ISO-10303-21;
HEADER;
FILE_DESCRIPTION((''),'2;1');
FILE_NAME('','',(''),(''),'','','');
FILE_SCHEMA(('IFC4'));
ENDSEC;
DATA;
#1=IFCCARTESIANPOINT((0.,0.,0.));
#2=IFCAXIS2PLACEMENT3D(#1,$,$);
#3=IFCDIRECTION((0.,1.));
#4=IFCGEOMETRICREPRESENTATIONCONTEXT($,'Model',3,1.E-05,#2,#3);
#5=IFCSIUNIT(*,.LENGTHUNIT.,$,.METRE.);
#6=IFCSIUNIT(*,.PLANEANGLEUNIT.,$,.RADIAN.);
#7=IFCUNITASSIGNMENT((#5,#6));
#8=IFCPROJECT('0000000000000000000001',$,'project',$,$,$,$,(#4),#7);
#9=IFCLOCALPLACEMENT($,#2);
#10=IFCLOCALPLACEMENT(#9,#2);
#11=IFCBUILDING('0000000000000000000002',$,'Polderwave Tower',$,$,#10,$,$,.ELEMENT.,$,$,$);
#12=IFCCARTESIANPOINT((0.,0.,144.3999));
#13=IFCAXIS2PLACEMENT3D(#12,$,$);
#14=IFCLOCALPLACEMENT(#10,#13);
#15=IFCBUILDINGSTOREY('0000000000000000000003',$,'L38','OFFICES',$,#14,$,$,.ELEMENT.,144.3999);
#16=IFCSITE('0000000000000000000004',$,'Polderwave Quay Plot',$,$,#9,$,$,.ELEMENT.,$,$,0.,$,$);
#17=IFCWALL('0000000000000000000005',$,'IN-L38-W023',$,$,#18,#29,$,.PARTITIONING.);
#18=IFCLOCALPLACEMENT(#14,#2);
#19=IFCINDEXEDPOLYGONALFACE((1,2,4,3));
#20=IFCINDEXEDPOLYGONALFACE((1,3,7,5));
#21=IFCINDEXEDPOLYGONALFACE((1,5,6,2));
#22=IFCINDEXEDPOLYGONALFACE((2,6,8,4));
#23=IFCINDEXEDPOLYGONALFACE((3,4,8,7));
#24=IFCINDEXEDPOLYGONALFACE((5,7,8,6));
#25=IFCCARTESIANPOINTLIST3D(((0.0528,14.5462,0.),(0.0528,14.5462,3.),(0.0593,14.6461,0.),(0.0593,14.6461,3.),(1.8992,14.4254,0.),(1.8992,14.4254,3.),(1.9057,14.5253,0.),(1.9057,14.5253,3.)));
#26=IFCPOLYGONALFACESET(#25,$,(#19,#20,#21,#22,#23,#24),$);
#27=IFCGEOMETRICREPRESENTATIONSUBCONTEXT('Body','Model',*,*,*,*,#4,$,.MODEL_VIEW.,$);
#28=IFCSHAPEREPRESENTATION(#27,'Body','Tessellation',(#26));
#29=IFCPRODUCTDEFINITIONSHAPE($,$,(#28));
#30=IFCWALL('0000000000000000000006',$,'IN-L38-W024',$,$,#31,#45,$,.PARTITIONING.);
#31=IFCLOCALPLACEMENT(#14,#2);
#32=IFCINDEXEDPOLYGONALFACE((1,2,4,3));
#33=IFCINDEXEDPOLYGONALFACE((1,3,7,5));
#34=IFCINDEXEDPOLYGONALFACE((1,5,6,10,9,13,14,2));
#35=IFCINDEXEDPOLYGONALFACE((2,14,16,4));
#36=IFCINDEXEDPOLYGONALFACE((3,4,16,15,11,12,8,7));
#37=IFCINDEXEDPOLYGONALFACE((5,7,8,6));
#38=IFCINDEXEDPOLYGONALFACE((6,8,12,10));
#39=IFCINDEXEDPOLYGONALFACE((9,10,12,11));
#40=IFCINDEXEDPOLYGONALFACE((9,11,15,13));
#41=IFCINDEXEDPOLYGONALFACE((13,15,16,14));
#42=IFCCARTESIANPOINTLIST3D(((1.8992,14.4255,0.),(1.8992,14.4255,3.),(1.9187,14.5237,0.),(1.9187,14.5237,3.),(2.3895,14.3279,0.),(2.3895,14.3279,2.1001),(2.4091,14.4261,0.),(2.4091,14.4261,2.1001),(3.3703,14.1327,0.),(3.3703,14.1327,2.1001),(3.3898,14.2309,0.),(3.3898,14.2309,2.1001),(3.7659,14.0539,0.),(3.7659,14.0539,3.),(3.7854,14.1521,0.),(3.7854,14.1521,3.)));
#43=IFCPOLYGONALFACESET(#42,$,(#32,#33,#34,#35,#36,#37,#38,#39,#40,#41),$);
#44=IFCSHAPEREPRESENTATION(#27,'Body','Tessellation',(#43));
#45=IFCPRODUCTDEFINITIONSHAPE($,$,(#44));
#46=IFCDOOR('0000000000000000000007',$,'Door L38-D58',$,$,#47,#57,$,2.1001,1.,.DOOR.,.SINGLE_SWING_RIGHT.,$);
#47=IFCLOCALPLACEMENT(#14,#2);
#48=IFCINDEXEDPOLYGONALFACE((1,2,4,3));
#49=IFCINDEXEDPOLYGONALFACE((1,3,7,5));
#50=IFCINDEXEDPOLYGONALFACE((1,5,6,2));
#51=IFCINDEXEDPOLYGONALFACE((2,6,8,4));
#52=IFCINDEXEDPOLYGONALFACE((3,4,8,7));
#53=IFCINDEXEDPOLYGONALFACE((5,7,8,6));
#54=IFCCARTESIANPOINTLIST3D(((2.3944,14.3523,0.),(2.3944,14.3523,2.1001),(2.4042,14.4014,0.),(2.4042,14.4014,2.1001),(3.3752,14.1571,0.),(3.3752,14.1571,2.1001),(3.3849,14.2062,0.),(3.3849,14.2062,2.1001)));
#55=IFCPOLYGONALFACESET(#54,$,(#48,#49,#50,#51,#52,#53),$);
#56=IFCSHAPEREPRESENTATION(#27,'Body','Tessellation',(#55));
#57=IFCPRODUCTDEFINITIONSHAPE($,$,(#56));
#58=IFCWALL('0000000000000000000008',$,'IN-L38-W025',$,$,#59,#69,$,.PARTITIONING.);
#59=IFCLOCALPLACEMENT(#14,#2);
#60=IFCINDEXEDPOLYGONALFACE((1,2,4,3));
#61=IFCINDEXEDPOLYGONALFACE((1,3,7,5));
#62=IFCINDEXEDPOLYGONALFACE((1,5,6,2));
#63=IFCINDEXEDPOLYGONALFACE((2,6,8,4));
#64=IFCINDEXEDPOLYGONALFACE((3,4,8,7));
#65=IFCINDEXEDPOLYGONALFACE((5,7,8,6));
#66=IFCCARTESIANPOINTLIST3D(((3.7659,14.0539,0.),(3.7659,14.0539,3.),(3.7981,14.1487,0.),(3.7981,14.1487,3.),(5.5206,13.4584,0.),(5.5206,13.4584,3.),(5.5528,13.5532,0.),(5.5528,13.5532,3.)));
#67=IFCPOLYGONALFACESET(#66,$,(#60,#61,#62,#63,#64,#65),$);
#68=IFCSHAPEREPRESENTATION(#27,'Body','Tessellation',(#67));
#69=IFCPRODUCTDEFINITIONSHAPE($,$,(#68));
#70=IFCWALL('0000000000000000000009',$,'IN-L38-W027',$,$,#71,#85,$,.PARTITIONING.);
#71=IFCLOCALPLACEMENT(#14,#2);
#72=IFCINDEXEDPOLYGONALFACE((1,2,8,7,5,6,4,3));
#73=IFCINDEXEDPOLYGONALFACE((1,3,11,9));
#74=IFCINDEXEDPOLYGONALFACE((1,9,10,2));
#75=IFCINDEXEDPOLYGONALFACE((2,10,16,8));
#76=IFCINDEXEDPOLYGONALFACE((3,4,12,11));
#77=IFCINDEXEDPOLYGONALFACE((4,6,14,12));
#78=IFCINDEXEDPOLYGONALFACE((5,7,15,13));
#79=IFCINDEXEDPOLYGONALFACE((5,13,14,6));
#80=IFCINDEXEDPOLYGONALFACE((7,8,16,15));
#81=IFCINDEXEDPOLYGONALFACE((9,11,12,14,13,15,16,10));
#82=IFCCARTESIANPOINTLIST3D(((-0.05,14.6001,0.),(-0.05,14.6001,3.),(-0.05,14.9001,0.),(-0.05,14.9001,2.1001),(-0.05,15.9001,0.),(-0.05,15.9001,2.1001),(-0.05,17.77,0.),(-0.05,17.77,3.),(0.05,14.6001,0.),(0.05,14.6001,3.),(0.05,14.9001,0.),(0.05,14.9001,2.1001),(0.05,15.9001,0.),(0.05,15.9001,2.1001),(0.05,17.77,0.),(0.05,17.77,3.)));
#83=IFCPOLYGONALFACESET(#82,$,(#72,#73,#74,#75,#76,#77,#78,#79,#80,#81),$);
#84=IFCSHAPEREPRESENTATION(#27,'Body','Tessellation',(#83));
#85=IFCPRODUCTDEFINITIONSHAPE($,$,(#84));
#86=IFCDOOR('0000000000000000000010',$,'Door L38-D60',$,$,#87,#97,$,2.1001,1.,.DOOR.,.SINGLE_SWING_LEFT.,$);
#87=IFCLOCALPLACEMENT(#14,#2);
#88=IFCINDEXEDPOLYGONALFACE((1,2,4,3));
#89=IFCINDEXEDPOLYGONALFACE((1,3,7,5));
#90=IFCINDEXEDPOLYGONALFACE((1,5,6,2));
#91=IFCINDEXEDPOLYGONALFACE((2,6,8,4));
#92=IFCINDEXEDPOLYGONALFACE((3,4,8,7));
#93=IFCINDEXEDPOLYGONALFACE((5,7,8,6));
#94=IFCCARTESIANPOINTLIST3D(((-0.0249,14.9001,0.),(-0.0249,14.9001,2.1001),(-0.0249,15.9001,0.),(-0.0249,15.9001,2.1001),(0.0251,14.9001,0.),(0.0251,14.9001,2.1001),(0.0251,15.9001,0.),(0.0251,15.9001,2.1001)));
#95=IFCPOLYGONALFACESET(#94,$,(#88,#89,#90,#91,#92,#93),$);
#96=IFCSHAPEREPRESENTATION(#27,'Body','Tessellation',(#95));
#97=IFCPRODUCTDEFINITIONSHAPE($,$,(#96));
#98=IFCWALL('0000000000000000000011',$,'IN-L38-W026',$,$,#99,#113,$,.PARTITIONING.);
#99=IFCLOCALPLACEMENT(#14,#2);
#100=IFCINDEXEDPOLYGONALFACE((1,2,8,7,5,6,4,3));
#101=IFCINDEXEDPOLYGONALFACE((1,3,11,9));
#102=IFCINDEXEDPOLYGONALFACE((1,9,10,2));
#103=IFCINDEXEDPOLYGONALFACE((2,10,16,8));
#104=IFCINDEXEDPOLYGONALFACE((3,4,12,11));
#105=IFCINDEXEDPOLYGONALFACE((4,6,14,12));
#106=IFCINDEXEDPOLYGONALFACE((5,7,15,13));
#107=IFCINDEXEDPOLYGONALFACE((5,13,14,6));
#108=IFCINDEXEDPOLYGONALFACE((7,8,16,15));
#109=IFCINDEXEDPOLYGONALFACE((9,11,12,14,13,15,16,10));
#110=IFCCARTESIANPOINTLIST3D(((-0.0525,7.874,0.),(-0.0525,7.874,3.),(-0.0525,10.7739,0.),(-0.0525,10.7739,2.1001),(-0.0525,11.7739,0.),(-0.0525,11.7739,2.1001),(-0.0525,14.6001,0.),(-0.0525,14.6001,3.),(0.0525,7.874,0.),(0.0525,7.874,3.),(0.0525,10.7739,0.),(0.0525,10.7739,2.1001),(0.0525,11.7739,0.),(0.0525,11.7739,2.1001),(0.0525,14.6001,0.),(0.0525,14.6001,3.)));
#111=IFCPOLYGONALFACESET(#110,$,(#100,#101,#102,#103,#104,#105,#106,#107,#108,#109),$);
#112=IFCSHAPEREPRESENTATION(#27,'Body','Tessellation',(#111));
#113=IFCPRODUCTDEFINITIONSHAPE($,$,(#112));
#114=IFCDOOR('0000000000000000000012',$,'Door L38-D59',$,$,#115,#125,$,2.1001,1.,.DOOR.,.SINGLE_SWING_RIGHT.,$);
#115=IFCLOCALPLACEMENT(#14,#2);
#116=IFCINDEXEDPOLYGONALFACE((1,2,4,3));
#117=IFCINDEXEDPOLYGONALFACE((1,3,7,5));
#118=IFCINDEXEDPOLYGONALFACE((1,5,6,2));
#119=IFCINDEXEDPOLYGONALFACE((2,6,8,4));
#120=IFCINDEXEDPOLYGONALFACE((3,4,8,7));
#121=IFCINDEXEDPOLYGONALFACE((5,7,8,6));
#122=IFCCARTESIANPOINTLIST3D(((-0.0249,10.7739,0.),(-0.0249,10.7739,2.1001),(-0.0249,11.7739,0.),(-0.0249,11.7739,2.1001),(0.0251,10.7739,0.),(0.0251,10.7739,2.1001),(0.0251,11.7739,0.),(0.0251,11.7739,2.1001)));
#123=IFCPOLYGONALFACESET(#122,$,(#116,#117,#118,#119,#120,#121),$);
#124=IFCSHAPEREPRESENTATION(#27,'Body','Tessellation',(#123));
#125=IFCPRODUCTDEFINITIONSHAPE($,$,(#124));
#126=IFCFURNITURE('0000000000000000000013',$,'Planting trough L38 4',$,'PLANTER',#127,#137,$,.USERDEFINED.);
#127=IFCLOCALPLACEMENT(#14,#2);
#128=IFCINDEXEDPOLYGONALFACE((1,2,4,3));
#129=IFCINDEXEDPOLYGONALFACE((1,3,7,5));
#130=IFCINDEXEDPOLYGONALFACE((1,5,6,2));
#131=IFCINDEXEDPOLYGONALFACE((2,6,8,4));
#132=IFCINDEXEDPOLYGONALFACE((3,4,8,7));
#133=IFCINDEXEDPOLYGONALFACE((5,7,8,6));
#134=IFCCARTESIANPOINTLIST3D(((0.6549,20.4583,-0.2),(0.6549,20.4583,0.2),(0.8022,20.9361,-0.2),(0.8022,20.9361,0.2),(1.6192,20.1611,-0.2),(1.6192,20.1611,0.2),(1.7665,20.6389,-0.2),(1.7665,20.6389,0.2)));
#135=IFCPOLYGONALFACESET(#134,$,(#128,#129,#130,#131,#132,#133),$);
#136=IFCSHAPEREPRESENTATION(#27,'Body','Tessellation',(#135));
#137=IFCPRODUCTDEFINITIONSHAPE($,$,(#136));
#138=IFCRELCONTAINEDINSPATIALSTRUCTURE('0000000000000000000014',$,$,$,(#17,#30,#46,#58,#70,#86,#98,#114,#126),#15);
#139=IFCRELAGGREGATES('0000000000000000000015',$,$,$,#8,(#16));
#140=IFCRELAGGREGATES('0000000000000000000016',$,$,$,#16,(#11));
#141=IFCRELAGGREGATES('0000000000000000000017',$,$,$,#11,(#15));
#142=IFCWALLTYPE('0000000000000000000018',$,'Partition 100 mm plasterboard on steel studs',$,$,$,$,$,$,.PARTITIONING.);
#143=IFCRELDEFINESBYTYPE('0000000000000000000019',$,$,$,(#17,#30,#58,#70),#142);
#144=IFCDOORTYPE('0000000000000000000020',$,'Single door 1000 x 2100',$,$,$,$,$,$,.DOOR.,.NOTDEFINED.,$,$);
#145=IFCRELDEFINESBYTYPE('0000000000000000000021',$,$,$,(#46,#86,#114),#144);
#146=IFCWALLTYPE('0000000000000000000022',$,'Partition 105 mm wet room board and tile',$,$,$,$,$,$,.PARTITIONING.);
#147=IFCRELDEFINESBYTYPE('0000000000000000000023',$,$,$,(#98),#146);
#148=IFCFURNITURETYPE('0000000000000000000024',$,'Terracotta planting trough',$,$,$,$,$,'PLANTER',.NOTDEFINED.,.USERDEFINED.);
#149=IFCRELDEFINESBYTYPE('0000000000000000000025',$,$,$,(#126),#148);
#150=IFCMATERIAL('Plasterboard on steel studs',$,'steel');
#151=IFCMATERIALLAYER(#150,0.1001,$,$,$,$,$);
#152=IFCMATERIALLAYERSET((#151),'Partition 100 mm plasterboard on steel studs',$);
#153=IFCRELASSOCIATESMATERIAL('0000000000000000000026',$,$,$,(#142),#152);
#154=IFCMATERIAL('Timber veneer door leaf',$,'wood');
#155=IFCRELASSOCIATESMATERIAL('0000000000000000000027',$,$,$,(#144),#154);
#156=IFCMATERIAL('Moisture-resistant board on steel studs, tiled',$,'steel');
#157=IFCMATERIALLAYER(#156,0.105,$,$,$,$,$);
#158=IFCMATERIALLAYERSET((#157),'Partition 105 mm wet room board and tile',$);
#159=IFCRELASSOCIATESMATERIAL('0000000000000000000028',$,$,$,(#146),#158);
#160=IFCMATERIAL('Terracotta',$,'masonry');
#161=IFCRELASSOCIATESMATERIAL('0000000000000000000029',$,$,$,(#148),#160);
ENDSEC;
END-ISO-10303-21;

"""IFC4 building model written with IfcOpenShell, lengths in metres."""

from ifc_helpers import new_model, si_unit, direction, frame, frame_2d, origin, origin_2d, place, context, subcontext, project, spatial, rectangle, extrude, material, layer, layer_set, type_object, element, fill, save


model = new_model("IFC4")

# Units and contexts
model_context = context("Model", 3, precision=1e-05, world=origin(), true_north=direction((0.0, 1.0)))
body_context = subcontext(model_context, "Body", "Model", "MODEL_VIEW")
ifc_project = project(units=[si_unit("LENGTHUNIT", "METRE"), si_unit("PLANEANGLEUNIT", "RADIAN")], contexts=[model_context])

# Site, building, storey
site_placement = place(None, origin())
site = spatial("IfcSite", under=ifc_project, at=site_placement, Name="Polderwave Quay Plot", CompositionType="ELEMENT", RefElevation=0.0)
building_placement = place(site_placement, origin())
building = spatial("IfcBuilding", under=site, at=building_placement, Name="Polderwave Tower", CompositionType="ELEMENT")
storey_placement = place(building_placement, frame((0.0, 0.0, 144.3999)))
storey = spatial("IfcBuildingStorey", under=building, at=storey_placement, Name="L38", Description="OFFICES", CompositionType="ELEMENT", Elevation=144.3999)

# Shared definitions
ifc_material_1 = material(Name="Plasterboard on steel studs", Category="steel")
ifc_layer_1 = layer(ifc_material_1, 0.1001)
ifc_layer_set_1 = layer_set([ifc_layer_1], Name="Partition 100 mm plasterboard on steel studs")
wall_type_1 = type_object("IfcWallType", Name="Partition 100 mm plasterboard on steel studs", PredefinedType="PARTITIONING", material=ifc_layer_set_1)
ifc_material_2 = material(Name="Timber veneer door leaf", Category="wood")
door_type = type_object("IfcDoorType", Name="Single door 1000 x 2100", OperationType="NOTDEFINED", PredefinedType="DOOR", material=ifc_material_2)

# Wall
wall_1_placement = place(storey_placement, frame((0.0559, 14.5962, 0.0), z_axis=(0.0, 0.0, 1.0), x_axis=(0.997865, -0.06531, 0.0)))
element("IfcWall", 1, at=wall_1_placement, inside=storey, type_object=wall_type_1, Name="IN-L38-W023", PredefinedType="PARTITIONING", context=body_context, shape_type="SweptSolid", body=[
    extrude(rectangle(XDim=1.8503, YDim=0.1001, at=frame_2d((0.9253, 0.0))), origin(), (0.0, 0.0, 1.0), 3.0),
])

# Wall, opening, door
wall_2_placement = place(storey_placement, frame((1.9089, 14.4746, 0.0), z_axis=(0.0, 0.0, 1.0), x_axis=(0.980758, -0.195228, 0.0)))
wall_2 = element("IfcWall", 2, at=wall_2_placement, inside=storey, type_object=wall_type_1, Name="IN-L38-W024", PredefinedType="PARTITIONING", context=body_context, shape_type="SweptSolid", body=[
    extrude(rectangle(XDim=1.9033, YDim=0.1001, at=frame_2d((0.9517, 0.0))), origin(), (0.0, 0.0, 1.0), 3.0),
])
opening_1_placement = place(wall_2_placement, frame((0.5, 0.0, 0.0)))
opening_1 = element("IfcOpeningElement", 3, at=opening_1_placement, cuts=wall_2, PredefinedType="OPENING", context=body_context, shape_type="SweptSolid", body=[
    extrude(rectangle(XDim=1.0, YDim=2.1001, at=frame_2d((0.5, 1.05))), frame((0.0, 0.0601, 0.0), z_axis=(0.0, -1.0, 0.0), x_axis=(1.0, 0.0, 0.0)), (0.0, 0.0, 1.0), 0.1201),
])
door_1_placement = place(opening_1_placement, origin())
door_1 = element("IfcDoor", 4, at=door_1_placement, inside=storey, type_object=door_type, Name="Door L38-D58", OperationType="SINGLE_SWING_RIGHT", OverallHeight=2.1001, OverallWidth=1.0, PredefinedType="DOOR", context=body_context, shape_type="SweptSolid", body=[
    extrude(rectangle(XDim=1.0, YDim=2.1001, at=frame_2d((0.5, 1.05))), frame((0.0, 0.0249, 0.0), z_axis=(0.0, -1.0, 0.0), x_axis=(1.0, 0.0, 0.0)), (0.0, 0.0, 1.0), 0.05),
])
fill(opening_1, door_1)

# Wall
wall_3_placement = place(storey_placement, frame((3.782, 14.1013, 0.0), z_axis=(0.0, 0.0, 1.0), x_axis=(0.946957, -0.321362, 0.0)))
element("IfcWall", 5, at=wall_3_placement, inside=storey, type_object=wall_type_1, Name="IN-L38-W025", PredefinedType="PARTITIONING", context=body_context, shape_type="SweptSolid", body=[
    extrude(rectangle(XDim=1.853, YDim=0.1001, at=frame_2d((0.9265, 0.0))), origin(), (0.0, 0.0, 1.0), 3.0),
])

# Walls, openings, doors
wall_4_placement = place(storey_placement, frame((0.0, 14.6001, 0.0), z_axis=(0.0, 0.0, 1.0), x_axis=(0.0, 1.0, 0.0)))
wall_4 = element("IfcWall", 6, at=wall_4_placement, inside=storey, type_object=wall_type_1, Name="IN-L38-W027", PredefinedType="PARTITIONING", context=body_context, shape_type="SweptSolid", body=[
    extrude(rectangle(XDim=3.1699, YDim=0.1001, at=frame_2d((1.585, 0.0))), origin(), (0.0, 0.0, 1.0), 3.0),
])
opening_2_placement = place(wall_4_placement, frame((0.3, 0.0, 0.0)))
opening_2 = element("IfcOpeningElement", 7, at=opening_2_placement, cuts=wall_4, PredefinedType="OPENING", context=body_context, shape_type="SweptSolid", body=[
    extrude(rectangle(XDim=1.0, YDim=2.1001, at=frame_2d((0.5, 1.05))), frame((0.0, 0.0601, 0.0), z_axis=(0.0, -1.0, 0.0), x_axis=(1.0, 0.0, 0.0)), (0.0, 0.0, 1.0), 0.1201),
])
door_2_placement = place(opening_2_placement, origin())
door_2 = element("IfcDoor", 8, at=door_2_placement, inside=storey, type_object=door_type, Name="Door L38-D60", OperationType="SINGLE_SWING_LEFT", OverallHeight=2.1001, OverallWidth=1.0, PredefinedType="DOOR", context=body_context, shape_type="SweptSolid", body=[
    extrude(rectangle(XDim=1.0, YDim=2.1001, at=frame_2d((0.5, 1.05))), frame((0.0, 0.0249, 0.0), z_axis=(0.0, -1.0, 0.0), x_axis=(1.0, 0.0, 0.0)), (0.0, 0.0, 1.0), 0.05),
])
fill(opening_2, door_2)
ifc_material_3 = material(Name="Moisture-resistant board on steel studs, tiled", Category="steel")
ifc_layer_2 = layer(ifc_material_3, 0.105)
ifc_layer_set_2 = layer_set([ifc_layer_2], Name="Partition 105 mm wet room board and tile")
wall_type_2 = type_object("IfcWallType", Name="Partition 105 mm wet room board and tile", PredefinedType="PARTITIONING", material=ifc_layer_set_2)
wall_5_placement = place(storey_placement, frame((0.0, 7.874, 0.0), z_axis=(0.0, 0.0, 1.0), x_axis=(0.0, 1.0, 0.0)))
wall_5 = element("IfcWall", 9, at=wall_5_placement, inside=storey, type_object=wall_type_2, Name="IN-L38-W026", PredefinedType="PARTITIONING", context=body_context, shape_type="SweptSolid", body=[
    extrude(rectangle(XDim=6.7261, YDim=0.105, at=frame_2d((3.363, 0.0))), origin(), (0.0, 0.0, 1.0), 3.0),
])
opening_3_placement = place(wall_5_placement, frame((2.8999, 0.0, 0.0)))
opening_3 = element("IfcOpeningElement", 10, at=opening_3_placement, cuts=wall_5, PredefinedType="OPENING", context=body_context, shape_type="SweptSolid", body=[
    extrude(rectangle(XDim=1.0, YDim=2.1001, at=frame_2d((0.5, 1.05))), frame((0.0, 0.0625, 0.0), z_axis=(0.0, -1.0, 0.0), x_axis=(1.0, 0.0, 0.0)), (0.0, 0.0, 1.0), 0.125),
])
door_3_placement = place(opening_3_placement, origin())
door_3 = element("IfcDoor", 11, at=door_3_placement, inside=storey, type_object=door_type, Name="Door L38-D59", OperationType="SINGLE_SWING_RIGHT", OverallHeight=2.1001, OverallWidth=1.0, PredefinedType="DOOR", context=body_context, shape_type="SweptSolid", body=[
    extrude(rectangle(XDim=1.0, YDim=2.1001, at=frame_2d((0.5, 1.05))), frame((0.0, 0.0249, 0.0), z_axis=(0.0, -1.0, 0.0), x_axis=(1.0, 0.0, 0.0)), (0.0, 0.0, 1.0), 0.05),
])
fill(opening_3, door_3)

# Furniture
ifc_material_4 = material(Name="Terracotta", Category="masonry")
furniture_type = type_object("IfcFurnitureType", Name="Terracotta planting trough", ElementType="PLANTER", AssemblyPlace="NOTDEFINED", PredefinedType="USERDEFINED", material=ifc_material_4)
furniture_placement = place(storey_placement, frame((1.2107, 20.5486, -0.2), z_axis=(0.0, 0.0, 1.0), x_axis=(-0.955636, 0.294549, 0.0)))
element("IfcFurniture", 12, at=furniture_placement, inside=storey, type_object=furniture_type, Name="Planting trough L38 4", ObjectType="PLANTER", PredefinedType="USERDEFINED", context=body_context, shape_type="SweptSolid", body=[
    extrude(rectangle(XDim=1.009, YDim=0.5, at=origin_2d()), origin(), (0.0, 0.0, 1.0), 0.3999),
])

save(model, "model.ifc")
